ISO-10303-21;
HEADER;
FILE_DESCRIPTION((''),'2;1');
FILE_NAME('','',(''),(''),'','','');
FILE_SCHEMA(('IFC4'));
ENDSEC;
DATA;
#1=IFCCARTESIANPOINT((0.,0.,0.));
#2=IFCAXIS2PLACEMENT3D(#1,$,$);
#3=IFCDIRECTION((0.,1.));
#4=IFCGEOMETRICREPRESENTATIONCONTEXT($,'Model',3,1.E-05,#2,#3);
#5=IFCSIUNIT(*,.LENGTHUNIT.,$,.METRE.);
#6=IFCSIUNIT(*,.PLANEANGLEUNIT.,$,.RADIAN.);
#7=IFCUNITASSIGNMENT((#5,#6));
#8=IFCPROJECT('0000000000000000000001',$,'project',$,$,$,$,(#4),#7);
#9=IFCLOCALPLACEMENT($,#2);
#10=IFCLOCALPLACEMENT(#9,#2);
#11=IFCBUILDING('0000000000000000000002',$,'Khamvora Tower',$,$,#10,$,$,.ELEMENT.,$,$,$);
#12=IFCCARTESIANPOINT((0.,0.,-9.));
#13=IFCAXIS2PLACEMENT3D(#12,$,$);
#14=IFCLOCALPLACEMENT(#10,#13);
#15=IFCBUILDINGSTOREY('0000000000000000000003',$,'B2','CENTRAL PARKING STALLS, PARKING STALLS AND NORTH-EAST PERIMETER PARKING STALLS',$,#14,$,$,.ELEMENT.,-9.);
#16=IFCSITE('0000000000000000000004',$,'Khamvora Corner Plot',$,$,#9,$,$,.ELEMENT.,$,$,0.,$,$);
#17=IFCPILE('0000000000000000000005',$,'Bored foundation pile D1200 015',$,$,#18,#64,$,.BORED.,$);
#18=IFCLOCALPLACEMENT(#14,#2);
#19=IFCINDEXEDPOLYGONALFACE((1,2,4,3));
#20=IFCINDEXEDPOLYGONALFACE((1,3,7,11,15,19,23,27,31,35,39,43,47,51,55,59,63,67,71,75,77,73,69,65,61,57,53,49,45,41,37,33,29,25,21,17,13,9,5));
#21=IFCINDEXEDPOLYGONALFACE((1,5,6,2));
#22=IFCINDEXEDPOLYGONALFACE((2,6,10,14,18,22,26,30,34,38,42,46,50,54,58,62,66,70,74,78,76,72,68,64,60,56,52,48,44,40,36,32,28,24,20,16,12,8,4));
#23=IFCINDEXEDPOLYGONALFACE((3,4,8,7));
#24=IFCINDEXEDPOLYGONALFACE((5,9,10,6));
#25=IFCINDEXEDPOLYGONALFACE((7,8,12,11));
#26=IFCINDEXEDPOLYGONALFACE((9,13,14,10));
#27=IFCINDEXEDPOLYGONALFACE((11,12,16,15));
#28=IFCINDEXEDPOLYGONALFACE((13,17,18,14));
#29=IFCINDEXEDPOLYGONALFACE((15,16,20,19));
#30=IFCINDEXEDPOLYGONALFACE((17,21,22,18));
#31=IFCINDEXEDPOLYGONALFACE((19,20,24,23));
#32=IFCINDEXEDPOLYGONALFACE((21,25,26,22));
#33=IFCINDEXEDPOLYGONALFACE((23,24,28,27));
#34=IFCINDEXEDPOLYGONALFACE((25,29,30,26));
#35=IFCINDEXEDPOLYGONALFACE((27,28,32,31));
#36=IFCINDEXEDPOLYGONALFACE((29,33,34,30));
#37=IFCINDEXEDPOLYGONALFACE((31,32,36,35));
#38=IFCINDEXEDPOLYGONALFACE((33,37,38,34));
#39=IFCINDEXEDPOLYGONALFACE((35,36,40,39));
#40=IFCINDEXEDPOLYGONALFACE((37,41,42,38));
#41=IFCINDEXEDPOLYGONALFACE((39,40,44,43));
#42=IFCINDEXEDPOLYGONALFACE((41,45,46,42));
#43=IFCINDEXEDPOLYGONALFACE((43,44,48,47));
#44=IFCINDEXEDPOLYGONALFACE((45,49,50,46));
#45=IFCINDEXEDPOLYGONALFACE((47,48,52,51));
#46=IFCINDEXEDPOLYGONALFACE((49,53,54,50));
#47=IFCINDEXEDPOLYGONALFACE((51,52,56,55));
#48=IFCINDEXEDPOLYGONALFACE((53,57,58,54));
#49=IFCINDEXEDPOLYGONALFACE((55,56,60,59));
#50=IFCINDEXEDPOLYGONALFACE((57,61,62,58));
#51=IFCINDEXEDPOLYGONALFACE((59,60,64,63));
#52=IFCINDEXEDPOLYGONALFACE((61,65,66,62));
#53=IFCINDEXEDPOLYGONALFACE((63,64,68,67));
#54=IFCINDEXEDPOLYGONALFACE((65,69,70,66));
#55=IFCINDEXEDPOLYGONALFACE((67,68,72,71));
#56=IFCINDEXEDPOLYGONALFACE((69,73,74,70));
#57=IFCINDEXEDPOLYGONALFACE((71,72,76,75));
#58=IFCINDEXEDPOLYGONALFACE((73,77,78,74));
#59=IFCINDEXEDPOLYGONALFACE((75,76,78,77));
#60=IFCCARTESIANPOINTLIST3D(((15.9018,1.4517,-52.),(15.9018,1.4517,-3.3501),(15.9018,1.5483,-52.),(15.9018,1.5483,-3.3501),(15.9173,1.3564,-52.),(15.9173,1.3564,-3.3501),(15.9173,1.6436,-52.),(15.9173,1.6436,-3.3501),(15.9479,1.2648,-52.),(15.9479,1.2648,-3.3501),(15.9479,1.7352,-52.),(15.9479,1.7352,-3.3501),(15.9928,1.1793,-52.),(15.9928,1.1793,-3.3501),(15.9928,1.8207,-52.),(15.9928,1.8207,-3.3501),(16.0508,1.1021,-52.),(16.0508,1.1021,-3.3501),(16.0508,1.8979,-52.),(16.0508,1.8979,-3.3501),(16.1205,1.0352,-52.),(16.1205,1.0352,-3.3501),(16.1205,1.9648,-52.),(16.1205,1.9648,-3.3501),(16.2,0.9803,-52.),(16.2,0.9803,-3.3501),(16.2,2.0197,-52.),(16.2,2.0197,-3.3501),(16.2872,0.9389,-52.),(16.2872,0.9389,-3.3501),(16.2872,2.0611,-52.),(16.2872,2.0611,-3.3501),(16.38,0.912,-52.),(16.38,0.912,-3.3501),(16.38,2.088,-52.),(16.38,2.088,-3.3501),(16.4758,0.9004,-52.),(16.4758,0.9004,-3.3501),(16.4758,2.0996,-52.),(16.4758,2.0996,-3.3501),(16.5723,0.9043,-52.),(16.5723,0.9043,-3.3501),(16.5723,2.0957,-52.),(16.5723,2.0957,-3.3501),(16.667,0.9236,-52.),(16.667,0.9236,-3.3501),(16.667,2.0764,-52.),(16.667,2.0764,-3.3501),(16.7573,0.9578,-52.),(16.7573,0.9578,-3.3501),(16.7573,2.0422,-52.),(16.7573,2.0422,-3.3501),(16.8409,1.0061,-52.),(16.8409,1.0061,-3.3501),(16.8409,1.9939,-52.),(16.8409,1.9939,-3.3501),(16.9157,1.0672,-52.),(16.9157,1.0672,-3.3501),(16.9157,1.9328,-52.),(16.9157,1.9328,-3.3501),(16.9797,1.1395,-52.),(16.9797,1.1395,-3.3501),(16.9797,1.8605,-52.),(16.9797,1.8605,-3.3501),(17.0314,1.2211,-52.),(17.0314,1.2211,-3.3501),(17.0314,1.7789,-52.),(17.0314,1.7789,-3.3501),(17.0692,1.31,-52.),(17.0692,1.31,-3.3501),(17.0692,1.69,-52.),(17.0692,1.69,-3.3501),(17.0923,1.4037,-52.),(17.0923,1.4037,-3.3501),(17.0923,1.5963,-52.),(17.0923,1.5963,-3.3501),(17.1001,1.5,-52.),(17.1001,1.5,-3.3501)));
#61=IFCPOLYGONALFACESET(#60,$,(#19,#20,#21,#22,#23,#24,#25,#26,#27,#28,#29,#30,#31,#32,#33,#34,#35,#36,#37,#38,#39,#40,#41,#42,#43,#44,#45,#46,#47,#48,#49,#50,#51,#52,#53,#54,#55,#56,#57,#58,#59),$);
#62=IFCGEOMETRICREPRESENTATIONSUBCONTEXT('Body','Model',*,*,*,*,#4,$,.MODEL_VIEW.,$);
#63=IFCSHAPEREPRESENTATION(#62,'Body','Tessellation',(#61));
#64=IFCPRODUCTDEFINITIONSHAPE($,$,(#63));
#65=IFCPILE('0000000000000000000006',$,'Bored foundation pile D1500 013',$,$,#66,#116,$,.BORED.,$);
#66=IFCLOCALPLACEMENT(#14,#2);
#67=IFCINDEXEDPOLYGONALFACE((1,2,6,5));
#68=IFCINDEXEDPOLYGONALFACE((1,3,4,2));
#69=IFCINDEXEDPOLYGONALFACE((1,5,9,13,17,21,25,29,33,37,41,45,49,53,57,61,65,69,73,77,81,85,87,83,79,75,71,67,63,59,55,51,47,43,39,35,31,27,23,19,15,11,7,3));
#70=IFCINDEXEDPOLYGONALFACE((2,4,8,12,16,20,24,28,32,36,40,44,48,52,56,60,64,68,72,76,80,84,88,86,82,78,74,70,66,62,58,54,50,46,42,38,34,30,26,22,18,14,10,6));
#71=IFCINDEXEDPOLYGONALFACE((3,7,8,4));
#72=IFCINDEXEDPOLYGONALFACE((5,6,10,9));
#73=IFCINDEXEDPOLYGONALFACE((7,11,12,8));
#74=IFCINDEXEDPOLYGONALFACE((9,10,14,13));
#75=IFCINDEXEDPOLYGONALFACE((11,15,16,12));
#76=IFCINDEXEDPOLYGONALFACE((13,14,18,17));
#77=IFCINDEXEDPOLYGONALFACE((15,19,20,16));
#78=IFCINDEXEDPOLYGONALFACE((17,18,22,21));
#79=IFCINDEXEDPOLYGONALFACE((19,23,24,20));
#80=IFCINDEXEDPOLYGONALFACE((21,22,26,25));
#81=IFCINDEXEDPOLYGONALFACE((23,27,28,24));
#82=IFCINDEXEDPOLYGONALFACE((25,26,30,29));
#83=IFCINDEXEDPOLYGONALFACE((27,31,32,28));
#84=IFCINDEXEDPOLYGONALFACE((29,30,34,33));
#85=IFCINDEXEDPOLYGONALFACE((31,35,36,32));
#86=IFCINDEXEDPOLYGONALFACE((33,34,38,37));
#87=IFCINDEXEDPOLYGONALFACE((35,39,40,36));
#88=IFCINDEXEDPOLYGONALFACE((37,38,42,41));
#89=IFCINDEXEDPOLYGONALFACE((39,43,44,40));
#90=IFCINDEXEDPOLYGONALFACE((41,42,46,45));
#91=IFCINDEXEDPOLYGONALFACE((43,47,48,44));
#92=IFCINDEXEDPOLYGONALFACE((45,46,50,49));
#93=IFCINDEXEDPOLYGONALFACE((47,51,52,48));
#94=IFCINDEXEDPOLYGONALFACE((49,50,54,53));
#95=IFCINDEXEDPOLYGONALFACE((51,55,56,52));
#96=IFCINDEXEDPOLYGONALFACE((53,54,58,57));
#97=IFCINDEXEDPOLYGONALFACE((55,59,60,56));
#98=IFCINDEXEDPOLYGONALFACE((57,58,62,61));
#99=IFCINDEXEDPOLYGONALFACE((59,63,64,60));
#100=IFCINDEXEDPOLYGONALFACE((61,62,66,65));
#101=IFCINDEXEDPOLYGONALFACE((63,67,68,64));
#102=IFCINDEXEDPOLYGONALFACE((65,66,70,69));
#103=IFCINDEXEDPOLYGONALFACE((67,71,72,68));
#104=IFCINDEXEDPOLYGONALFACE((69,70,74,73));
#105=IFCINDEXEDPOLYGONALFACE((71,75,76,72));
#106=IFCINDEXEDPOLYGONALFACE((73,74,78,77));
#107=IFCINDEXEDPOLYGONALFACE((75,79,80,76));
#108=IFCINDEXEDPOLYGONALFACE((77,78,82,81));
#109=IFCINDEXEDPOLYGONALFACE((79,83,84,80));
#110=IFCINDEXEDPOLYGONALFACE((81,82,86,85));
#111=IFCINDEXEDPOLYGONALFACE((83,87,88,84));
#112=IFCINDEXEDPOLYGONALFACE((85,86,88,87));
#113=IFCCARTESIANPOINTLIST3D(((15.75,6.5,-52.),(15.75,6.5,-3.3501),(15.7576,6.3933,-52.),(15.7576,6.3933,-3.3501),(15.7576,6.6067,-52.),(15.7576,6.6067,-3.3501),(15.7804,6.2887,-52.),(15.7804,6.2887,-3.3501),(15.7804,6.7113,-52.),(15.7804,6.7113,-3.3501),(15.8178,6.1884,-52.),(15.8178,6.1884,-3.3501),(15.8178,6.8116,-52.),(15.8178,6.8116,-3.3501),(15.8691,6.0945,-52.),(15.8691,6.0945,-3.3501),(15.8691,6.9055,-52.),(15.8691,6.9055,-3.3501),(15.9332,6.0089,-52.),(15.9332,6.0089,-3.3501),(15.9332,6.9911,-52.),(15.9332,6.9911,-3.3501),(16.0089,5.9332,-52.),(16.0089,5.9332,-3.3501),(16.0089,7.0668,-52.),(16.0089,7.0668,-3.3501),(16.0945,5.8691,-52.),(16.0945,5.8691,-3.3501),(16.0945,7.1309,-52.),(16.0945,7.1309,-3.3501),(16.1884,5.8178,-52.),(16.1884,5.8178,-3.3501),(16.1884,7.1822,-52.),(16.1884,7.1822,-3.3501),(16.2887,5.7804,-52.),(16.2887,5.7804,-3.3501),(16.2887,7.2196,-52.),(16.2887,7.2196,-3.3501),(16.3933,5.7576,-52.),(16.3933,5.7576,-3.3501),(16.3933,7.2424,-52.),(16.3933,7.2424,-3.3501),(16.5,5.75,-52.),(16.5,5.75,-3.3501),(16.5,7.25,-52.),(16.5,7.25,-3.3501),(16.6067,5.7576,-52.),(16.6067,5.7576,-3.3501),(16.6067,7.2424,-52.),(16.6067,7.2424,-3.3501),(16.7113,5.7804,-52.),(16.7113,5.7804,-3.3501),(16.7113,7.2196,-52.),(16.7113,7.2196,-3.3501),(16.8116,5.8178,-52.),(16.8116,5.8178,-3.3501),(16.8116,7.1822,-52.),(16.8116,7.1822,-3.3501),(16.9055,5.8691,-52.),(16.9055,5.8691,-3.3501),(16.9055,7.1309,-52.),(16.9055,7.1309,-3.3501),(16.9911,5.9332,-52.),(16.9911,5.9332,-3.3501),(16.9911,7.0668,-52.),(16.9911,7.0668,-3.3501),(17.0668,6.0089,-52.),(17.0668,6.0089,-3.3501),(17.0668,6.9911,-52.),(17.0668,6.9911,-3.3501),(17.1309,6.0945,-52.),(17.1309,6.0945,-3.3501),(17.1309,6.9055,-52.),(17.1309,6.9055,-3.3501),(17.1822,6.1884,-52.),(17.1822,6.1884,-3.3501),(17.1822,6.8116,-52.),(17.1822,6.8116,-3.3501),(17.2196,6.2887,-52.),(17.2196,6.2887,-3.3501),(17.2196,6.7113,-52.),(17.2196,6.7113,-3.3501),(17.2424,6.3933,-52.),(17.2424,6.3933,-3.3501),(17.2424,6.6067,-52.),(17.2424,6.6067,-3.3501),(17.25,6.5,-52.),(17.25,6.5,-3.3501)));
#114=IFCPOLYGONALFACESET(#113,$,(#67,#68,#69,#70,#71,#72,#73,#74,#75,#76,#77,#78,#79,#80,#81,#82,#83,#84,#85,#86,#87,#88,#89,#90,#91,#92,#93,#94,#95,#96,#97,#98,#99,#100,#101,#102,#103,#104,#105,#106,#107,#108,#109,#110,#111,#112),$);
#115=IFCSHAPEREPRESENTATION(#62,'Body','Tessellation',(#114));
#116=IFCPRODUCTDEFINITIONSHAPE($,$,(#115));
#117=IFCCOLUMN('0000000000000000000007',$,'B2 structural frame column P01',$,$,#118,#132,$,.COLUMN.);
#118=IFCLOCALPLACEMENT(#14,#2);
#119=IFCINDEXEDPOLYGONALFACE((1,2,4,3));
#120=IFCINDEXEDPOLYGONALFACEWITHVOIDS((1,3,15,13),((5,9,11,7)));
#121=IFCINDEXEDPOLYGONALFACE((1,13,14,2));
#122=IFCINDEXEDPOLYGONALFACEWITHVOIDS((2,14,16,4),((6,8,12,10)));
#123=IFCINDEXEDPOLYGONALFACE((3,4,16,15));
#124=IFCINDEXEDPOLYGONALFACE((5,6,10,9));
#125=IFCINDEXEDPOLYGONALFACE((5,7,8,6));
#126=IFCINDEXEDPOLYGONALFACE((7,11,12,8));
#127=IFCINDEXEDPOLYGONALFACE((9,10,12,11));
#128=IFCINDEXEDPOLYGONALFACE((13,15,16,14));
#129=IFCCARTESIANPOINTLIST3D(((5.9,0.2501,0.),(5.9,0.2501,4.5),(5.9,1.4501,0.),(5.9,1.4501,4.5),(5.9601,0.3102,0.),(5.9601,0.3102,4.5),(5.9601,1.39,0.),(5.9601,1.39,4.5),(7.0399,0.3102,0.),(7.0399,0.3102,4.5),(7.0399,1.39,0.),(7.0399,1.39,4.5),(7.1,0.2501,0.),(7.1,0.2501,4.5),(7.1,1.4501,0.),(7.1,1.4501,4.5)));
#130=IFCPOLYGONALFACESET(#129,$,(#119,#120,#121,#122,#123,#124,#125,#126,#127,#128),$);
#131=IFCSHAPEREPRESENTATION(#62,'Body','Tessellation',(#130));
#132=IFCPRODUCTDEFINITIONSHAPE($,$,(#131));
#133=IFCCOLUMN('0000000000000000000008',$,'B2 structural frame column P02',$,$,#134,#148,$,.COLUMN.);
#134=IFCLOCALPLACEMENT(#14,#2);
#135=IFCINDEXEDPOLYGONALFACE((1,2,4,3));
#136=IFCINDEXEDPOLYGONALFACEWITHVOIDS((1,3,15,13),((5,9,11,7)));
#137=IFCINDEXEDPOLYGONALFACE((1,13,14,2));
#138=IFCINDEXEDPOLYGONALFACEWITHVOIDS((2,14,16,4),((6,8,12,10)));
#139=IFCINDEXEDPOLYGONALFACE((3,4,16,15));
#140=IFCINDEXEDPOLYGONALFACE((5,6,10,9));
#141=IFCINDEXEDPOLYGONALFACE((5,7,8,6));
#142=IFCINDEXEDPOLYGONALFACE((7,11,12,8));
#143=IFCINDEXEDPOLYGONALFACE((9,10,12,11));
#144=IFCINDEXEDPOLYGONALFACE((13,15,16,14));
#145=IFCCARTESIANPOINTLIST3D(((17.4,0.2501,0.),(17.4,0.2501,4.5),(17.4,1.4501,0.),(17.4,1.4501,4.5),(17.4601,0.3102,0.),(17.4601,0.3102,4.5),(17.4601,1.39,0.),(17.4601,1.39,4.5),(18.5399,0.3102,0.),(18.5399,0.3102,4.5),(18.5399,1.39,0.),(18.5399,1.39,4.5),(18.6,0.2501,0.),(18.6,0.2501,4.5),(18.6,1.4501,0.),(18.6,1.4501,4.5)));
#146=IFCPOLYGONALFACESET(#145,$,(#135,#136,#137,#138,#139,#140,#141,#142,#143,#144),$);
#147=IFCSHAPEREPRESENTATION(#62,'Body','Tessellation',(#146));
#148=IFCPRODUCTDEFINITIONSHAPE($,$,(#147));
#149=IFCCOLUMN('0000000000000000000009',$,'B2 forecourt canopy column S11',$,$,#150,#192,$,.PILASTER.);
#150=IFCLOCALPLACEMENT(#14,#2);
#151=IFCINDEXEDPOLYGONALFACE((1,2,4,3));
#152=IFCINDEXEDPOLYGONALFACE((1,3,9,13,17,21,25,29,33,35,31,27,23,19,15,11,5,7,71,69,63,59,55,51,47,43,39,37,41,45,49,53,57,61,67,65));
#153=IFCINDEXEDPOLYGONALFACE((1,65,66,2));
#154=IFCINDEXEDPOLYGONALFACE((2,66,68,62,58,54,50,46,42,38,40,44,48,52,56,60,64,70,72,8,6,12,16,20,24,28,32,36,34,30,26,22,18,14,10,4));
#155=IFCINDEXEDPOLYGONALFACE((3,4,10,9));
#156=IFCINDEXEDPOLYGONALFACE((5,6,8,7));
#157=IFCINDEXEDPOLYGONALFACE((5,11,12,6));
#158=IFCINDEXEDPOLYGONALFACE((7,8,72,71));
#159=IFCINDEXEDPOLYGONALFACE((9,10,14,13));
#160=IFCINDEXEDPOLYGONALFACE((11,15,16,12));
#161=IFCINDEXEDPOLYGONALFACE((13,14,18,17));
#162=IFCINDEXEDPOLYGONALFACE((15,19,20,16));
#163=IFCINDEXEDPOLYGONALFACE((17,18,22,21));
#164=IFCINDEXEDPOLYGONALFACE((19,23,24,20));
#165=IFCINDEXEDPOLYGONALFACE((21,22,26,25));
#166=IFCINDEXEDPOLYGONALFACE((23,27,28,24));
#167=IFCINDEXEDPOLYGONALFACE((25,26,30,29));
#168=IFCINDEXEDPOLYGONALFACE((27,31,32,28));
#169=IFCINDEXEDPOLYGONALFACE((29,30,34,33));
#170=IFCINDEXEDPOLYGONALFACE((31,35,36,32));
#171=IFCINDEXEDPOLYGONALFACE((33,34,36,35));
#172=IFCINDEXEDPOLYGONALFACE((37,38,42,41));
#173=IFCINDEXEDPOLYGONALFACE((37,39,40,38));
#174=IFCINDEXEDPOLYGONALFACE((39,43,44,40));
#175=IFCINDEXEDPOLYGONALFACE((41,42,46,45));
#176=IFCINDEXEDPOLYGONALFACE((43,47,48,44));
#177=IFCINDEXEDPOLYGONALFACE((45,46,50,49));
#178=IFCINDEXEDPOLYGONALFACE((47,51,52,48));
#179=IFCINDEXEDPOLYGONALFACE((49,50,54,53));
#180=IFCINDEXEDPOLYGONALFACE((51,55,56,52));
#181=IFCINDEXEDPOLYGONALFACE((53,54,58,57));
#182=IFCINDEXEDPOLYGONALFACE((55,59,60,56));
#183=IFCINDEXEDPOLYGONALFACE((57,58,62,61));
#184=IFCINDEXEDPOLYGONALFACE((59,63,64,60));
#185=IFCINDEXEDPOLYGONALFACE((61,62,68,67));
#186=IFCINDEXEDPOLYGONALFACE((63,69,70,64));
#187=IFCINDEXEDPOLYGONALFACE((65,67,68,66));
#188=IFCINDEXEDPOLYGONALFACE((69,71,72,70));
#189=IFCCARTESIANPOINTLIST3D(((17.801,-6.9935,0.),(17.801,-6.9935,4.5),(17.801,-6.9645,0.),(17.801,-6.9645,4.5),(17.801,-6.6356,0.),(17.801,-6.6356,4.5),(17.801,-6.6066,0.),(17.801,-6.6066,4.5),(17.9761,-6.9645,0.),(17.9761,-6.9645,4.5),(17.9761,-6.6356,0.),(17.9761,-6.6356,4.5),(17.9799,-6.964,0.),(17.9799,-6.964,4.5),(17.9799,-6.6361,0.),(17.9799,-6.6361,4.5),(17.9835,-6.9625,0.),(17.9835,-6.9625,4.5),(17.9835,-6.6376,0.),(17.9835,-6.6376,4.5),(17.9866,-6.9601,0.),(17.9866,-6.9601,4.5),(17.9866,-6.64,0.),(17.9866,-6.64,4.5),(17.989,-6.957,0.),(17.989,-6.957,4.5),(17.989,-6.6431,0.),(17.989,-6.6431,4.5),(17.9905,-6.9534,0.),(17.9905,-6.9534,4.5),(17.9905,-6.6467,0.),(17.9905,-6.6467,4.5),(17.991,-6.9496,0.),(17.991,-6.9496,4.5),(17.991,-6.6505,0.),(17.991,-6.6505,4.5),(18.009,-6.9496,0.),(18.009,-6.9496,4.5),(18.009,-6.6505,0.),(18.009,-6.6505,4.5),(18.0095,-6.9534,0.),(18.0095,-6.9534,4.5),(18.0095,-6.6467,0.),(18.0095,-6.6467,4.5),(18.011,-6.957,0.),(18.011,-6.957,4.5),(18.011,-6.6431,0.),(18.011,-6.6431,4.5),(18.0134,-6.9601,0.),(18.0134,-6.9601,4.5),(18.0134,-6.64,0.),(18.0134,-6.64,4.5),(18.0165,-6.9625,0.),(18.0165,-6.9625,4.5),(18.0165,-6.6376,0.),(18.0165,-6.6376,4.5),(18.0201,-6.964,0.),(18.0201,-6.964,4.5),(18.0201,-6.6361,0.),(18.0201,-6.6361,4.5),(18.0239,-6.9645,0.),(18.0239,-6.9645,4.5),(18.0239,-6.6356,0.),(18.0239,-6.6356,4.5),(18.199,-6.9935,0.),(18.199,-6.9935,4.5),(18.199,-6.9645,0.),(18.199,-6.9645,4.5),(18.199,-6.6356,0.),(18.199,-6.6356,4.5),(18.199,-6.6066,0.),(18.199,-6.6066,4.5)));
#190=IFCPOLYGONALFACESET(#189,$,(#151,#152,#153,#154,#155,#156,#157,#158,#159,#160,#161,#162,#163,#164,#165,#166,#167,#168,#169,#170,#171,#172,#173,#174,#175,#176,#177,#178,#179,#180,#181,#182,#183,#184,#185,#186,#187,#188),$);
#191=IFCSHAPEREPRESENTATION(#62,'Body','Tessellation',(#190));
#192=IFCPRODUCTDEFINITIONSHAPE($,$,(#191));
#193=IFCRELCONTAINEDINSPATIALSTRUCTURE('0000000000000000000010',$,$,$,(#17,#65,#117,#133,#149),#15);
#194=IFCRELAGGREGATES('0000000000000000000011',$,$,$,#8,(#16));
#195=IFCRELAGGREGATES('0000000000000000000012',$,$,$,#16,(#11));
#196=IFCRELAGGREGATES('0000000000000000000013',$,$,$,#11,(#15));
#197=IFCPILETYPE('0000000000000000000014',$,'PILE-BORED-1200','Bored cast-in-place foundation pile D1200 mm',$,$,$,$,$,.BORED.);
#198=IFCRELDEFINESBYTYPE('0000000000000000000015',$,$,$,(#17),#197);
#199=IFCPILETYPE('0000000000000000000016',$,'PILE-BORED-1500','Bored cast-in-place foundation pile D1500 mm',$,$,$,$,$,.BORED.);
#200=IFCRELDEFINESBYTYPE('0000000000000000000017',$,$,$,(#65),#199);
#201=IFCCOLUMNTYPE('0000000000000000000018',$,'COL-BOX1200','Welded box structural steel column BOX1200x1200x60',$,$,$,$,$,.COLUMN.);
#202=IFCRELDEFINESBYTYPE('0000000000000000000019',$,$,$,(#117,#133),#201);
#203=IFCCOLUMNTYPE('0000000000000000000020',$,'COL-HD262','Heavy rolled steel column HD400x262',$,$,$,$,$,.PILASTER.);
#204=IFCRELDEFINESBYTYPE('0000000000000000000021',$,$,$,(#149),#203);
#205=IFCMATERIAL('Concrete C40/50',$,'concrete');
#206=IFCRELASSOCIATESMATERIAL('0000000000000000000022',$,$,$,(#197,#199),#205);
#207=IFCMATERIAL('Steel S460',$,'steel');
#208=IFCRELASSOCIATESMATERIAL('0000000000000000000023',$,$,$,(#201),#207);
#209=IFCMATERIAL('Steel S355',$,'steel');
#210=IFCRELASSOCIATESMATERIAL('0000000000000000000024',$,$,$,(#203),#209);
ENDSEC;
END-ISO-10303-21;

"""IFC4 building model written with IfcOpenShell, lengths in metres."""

from ifc_helpers import new_model, si_unit, direction, frame, origin, origin_2d, place, context, subcontext, project, spatial, hollow_rectangle, circle, i_section, extrude, material, material_profile, profile_set, type_object, element, save


model = new_model("IFC4")

# Units and contexts
model_context = context("Model", 3, precision=1e-05, world=origin(), true_north=direction((0.0, 1.0)))
body_context = subcontext(model_context, "Body", "Model", "MODEL_VIEW")
ifc_project = project(units=[si_unit("LENGTHUNIT", "METRE"), si_unit("PLANEANGLEUNIT", "RADIAN")], contexts=[model_context])

# Site, building, storey
site_placement = place(None, origin())
site = spatial("IfcSite", under=ifc_project, at=site_placement, Name="Khamvora Corner Plot", CompositionType="ELEMENT", RefElevation=0.0)
building_placement = place(site_placement, origin())
building = spatial("IfcBuilding", under=site, at=building_placement, Name="Khamvora Tower", CompositionType="ELEMENT")
storey_placement = place(building_placement, frame((0.0, 0.0, -9.0)))
storey = spatial("IfcBuildingStorey", under=building, at=storey_placement, Name="B2", Description="CENTRAL PARKING STALLS, PARKING STALLS AND NORTH-EAST PERIMETER PARKING STALLS", CompositionType="ELEMENT", Elevation=-9.0)

# Shared definitions
ifc_material_1 = material(Name="Concrete C40/50", Category="concrete")

# Piles
ifc_material_profile_1 = material_profile(ifc_material_1, circle(Radius=0.6001, at=origin_2d()), Name="PILE_D1200")
ifc_profile_set_1 = profile_set([ifc_material_profile_1], Name="Concrete C40/50")
pile_type_1 = type_object("IfcPileType", Name="PILE-BORED-1200", Description="Bored cast-in-place foundation pile D1200 mm", PredefinedType="BORED", material=ifc_profile_set_1)
for number, where, z_axis, x_axis, name in (
    (1, (16.5, 1.5, -3.3501), (0.0, 0.0, -1.0), (1.0, 0.0, 0.0), "Bored foundation pile D1200 015"),
):
    element("IfcPile", number, at=place(storey_placement, frame(where, z_axis=z_axis, x_axis=x_axis)), inside=storey, type_object=pile_type_1, Name=name, PredefinedType="BORED", context=body_context, shape_type="SweptSolid", body=[
        extrude(circle(Radius=0.6001, at=origin_2d()), origin(), (0.0, 0.0, 1.0), 48.6499),
    ])
ifc_material_profile_2 = material_profile(ifc_material_1, circle(Radius=0.75, at=origin_2d()), Name="PILE_D1500")
ifc_profile_set_2 = profile_set([ifc_material_profile_2], Name="Concrete C40/50")
pile_type_2 = type_object("IfcPileType", Name="PILE-BORED-1500", Description="Bored cast-in-place foundation pile D1500 mm", PredefinedType="BORED", material=ifc_profile_set_2)
pile_placement = place(storey_placement, frame((16.5, 6.5, -3.3501), z_axis=(0.0, 0.0, -1.0), x_axis=(1.0, 0.0, 0.0)))
element("IfcPile", 2, at=pile_placement, inside=storey, type_object=pile_type_2, Name="Bored foundation pile D1500 013", PredefinedType="BORED", context=body_context, shape_type="SweptSolid", body=[
    extrude(circle(Radius=0.75, at=origin_2d()), origin(), (0.0, 0.0, 1.0), 48.6499),
])

# Columns
ifc_material_2 = material(Name="Steel S460", Category="steel")
ifc_material_profile_3 = material_profile(ifc_material_2, hollow_rectangle(XDim=1.2, YDim=1.2, WallThickness=0.0601, at=origin_2d()), Name="BOX1200x1200x60")
ifc_profile_set_3 = profile_set([ifc_material_profile_3], Name="Steel S460")
column_type_1 = type_object("IfcColumnType", Name="COL-BOX1200", Description="Welded box structural steel column BOX1200x1200x60", PredefinedType="COLUMN", material=ifc_profile_set_3)
for number, where, z_axis, x_axis, name in (
    (3, (6.5, 0.8501, 0.0), (0.0, 0.0, 1.0), (1.0, 0.0, 0.0), "B2 structural frame column P01"),
    (4, (18.0, 0.8501, 0.0), (0.0, 0.0, 1.0), (1.0, 0.0, 0.0), "B2 structural frame column P02"),
):
    element("IfcColumn", number, at=place(storey_placement, frame(where, z_axis=z_axis, x_axis=x_axis)), inside=storey, type_object=column_type_1, Name=name, PredefinedType="COLUMN", context=body_context, shape_type="SweptSolid", body=[
        extrude(hollow_rectangle(XDim=1.2, YDim=1.2, WallThickness=0.0601, at=origin_2d()), origin(), (0.0, 0.0, 1.0), 4.5),
    ])
ifc_material_3 = material(Name="Steel S355", Category="steel")
ifc_material_profile_4 = material_profile(ifc_material_3, i_section(OverallWidth=0.3979, OverallDepth=0.387, WebThickness=0.0181, FlangeThickness=0.0291, FilletRadius=0.0149, at=origin_2d()), Name="HD400x262")
ifc_profile_set_4 = profile_set([ifc_material_profile_4], Name="Steel S355")
column_type_2 = type_object("IfcColumnType", Name="COL-HD262", Description="Heavy rolled steel column HD400x262", PredefinedType="PILASTER", material=ifc_profile_set_4)
for number, where, z_axis, x_axis, name in (
    (5, (18.0, -6.8, 0.0), (0.0, 0.0, 1.0), (1.0, 0.0, 0.0), "B2 forecourt canopy column S11"),
):
    element("IfcColumn", number, at=place(storey_placement, frame(where, z_axis=z_axis, x_axis=x_axis)), inside=storey, type_object=column_type_2, Name=name, PredefinedType="PILASTER", context=body_context, shape_type="SweptSolid", body=[
        extrude(i_section(OverallWidth=0.3979, OverallDepth=0.387, WebThickness=0.0181, FlangeThickness=0.0291, FilletRadius=0.0149, at=origin_2d()), origin(), (0.0, 0.0, 1.0), 4.5),
    ])

save(model, "model.ifc")
